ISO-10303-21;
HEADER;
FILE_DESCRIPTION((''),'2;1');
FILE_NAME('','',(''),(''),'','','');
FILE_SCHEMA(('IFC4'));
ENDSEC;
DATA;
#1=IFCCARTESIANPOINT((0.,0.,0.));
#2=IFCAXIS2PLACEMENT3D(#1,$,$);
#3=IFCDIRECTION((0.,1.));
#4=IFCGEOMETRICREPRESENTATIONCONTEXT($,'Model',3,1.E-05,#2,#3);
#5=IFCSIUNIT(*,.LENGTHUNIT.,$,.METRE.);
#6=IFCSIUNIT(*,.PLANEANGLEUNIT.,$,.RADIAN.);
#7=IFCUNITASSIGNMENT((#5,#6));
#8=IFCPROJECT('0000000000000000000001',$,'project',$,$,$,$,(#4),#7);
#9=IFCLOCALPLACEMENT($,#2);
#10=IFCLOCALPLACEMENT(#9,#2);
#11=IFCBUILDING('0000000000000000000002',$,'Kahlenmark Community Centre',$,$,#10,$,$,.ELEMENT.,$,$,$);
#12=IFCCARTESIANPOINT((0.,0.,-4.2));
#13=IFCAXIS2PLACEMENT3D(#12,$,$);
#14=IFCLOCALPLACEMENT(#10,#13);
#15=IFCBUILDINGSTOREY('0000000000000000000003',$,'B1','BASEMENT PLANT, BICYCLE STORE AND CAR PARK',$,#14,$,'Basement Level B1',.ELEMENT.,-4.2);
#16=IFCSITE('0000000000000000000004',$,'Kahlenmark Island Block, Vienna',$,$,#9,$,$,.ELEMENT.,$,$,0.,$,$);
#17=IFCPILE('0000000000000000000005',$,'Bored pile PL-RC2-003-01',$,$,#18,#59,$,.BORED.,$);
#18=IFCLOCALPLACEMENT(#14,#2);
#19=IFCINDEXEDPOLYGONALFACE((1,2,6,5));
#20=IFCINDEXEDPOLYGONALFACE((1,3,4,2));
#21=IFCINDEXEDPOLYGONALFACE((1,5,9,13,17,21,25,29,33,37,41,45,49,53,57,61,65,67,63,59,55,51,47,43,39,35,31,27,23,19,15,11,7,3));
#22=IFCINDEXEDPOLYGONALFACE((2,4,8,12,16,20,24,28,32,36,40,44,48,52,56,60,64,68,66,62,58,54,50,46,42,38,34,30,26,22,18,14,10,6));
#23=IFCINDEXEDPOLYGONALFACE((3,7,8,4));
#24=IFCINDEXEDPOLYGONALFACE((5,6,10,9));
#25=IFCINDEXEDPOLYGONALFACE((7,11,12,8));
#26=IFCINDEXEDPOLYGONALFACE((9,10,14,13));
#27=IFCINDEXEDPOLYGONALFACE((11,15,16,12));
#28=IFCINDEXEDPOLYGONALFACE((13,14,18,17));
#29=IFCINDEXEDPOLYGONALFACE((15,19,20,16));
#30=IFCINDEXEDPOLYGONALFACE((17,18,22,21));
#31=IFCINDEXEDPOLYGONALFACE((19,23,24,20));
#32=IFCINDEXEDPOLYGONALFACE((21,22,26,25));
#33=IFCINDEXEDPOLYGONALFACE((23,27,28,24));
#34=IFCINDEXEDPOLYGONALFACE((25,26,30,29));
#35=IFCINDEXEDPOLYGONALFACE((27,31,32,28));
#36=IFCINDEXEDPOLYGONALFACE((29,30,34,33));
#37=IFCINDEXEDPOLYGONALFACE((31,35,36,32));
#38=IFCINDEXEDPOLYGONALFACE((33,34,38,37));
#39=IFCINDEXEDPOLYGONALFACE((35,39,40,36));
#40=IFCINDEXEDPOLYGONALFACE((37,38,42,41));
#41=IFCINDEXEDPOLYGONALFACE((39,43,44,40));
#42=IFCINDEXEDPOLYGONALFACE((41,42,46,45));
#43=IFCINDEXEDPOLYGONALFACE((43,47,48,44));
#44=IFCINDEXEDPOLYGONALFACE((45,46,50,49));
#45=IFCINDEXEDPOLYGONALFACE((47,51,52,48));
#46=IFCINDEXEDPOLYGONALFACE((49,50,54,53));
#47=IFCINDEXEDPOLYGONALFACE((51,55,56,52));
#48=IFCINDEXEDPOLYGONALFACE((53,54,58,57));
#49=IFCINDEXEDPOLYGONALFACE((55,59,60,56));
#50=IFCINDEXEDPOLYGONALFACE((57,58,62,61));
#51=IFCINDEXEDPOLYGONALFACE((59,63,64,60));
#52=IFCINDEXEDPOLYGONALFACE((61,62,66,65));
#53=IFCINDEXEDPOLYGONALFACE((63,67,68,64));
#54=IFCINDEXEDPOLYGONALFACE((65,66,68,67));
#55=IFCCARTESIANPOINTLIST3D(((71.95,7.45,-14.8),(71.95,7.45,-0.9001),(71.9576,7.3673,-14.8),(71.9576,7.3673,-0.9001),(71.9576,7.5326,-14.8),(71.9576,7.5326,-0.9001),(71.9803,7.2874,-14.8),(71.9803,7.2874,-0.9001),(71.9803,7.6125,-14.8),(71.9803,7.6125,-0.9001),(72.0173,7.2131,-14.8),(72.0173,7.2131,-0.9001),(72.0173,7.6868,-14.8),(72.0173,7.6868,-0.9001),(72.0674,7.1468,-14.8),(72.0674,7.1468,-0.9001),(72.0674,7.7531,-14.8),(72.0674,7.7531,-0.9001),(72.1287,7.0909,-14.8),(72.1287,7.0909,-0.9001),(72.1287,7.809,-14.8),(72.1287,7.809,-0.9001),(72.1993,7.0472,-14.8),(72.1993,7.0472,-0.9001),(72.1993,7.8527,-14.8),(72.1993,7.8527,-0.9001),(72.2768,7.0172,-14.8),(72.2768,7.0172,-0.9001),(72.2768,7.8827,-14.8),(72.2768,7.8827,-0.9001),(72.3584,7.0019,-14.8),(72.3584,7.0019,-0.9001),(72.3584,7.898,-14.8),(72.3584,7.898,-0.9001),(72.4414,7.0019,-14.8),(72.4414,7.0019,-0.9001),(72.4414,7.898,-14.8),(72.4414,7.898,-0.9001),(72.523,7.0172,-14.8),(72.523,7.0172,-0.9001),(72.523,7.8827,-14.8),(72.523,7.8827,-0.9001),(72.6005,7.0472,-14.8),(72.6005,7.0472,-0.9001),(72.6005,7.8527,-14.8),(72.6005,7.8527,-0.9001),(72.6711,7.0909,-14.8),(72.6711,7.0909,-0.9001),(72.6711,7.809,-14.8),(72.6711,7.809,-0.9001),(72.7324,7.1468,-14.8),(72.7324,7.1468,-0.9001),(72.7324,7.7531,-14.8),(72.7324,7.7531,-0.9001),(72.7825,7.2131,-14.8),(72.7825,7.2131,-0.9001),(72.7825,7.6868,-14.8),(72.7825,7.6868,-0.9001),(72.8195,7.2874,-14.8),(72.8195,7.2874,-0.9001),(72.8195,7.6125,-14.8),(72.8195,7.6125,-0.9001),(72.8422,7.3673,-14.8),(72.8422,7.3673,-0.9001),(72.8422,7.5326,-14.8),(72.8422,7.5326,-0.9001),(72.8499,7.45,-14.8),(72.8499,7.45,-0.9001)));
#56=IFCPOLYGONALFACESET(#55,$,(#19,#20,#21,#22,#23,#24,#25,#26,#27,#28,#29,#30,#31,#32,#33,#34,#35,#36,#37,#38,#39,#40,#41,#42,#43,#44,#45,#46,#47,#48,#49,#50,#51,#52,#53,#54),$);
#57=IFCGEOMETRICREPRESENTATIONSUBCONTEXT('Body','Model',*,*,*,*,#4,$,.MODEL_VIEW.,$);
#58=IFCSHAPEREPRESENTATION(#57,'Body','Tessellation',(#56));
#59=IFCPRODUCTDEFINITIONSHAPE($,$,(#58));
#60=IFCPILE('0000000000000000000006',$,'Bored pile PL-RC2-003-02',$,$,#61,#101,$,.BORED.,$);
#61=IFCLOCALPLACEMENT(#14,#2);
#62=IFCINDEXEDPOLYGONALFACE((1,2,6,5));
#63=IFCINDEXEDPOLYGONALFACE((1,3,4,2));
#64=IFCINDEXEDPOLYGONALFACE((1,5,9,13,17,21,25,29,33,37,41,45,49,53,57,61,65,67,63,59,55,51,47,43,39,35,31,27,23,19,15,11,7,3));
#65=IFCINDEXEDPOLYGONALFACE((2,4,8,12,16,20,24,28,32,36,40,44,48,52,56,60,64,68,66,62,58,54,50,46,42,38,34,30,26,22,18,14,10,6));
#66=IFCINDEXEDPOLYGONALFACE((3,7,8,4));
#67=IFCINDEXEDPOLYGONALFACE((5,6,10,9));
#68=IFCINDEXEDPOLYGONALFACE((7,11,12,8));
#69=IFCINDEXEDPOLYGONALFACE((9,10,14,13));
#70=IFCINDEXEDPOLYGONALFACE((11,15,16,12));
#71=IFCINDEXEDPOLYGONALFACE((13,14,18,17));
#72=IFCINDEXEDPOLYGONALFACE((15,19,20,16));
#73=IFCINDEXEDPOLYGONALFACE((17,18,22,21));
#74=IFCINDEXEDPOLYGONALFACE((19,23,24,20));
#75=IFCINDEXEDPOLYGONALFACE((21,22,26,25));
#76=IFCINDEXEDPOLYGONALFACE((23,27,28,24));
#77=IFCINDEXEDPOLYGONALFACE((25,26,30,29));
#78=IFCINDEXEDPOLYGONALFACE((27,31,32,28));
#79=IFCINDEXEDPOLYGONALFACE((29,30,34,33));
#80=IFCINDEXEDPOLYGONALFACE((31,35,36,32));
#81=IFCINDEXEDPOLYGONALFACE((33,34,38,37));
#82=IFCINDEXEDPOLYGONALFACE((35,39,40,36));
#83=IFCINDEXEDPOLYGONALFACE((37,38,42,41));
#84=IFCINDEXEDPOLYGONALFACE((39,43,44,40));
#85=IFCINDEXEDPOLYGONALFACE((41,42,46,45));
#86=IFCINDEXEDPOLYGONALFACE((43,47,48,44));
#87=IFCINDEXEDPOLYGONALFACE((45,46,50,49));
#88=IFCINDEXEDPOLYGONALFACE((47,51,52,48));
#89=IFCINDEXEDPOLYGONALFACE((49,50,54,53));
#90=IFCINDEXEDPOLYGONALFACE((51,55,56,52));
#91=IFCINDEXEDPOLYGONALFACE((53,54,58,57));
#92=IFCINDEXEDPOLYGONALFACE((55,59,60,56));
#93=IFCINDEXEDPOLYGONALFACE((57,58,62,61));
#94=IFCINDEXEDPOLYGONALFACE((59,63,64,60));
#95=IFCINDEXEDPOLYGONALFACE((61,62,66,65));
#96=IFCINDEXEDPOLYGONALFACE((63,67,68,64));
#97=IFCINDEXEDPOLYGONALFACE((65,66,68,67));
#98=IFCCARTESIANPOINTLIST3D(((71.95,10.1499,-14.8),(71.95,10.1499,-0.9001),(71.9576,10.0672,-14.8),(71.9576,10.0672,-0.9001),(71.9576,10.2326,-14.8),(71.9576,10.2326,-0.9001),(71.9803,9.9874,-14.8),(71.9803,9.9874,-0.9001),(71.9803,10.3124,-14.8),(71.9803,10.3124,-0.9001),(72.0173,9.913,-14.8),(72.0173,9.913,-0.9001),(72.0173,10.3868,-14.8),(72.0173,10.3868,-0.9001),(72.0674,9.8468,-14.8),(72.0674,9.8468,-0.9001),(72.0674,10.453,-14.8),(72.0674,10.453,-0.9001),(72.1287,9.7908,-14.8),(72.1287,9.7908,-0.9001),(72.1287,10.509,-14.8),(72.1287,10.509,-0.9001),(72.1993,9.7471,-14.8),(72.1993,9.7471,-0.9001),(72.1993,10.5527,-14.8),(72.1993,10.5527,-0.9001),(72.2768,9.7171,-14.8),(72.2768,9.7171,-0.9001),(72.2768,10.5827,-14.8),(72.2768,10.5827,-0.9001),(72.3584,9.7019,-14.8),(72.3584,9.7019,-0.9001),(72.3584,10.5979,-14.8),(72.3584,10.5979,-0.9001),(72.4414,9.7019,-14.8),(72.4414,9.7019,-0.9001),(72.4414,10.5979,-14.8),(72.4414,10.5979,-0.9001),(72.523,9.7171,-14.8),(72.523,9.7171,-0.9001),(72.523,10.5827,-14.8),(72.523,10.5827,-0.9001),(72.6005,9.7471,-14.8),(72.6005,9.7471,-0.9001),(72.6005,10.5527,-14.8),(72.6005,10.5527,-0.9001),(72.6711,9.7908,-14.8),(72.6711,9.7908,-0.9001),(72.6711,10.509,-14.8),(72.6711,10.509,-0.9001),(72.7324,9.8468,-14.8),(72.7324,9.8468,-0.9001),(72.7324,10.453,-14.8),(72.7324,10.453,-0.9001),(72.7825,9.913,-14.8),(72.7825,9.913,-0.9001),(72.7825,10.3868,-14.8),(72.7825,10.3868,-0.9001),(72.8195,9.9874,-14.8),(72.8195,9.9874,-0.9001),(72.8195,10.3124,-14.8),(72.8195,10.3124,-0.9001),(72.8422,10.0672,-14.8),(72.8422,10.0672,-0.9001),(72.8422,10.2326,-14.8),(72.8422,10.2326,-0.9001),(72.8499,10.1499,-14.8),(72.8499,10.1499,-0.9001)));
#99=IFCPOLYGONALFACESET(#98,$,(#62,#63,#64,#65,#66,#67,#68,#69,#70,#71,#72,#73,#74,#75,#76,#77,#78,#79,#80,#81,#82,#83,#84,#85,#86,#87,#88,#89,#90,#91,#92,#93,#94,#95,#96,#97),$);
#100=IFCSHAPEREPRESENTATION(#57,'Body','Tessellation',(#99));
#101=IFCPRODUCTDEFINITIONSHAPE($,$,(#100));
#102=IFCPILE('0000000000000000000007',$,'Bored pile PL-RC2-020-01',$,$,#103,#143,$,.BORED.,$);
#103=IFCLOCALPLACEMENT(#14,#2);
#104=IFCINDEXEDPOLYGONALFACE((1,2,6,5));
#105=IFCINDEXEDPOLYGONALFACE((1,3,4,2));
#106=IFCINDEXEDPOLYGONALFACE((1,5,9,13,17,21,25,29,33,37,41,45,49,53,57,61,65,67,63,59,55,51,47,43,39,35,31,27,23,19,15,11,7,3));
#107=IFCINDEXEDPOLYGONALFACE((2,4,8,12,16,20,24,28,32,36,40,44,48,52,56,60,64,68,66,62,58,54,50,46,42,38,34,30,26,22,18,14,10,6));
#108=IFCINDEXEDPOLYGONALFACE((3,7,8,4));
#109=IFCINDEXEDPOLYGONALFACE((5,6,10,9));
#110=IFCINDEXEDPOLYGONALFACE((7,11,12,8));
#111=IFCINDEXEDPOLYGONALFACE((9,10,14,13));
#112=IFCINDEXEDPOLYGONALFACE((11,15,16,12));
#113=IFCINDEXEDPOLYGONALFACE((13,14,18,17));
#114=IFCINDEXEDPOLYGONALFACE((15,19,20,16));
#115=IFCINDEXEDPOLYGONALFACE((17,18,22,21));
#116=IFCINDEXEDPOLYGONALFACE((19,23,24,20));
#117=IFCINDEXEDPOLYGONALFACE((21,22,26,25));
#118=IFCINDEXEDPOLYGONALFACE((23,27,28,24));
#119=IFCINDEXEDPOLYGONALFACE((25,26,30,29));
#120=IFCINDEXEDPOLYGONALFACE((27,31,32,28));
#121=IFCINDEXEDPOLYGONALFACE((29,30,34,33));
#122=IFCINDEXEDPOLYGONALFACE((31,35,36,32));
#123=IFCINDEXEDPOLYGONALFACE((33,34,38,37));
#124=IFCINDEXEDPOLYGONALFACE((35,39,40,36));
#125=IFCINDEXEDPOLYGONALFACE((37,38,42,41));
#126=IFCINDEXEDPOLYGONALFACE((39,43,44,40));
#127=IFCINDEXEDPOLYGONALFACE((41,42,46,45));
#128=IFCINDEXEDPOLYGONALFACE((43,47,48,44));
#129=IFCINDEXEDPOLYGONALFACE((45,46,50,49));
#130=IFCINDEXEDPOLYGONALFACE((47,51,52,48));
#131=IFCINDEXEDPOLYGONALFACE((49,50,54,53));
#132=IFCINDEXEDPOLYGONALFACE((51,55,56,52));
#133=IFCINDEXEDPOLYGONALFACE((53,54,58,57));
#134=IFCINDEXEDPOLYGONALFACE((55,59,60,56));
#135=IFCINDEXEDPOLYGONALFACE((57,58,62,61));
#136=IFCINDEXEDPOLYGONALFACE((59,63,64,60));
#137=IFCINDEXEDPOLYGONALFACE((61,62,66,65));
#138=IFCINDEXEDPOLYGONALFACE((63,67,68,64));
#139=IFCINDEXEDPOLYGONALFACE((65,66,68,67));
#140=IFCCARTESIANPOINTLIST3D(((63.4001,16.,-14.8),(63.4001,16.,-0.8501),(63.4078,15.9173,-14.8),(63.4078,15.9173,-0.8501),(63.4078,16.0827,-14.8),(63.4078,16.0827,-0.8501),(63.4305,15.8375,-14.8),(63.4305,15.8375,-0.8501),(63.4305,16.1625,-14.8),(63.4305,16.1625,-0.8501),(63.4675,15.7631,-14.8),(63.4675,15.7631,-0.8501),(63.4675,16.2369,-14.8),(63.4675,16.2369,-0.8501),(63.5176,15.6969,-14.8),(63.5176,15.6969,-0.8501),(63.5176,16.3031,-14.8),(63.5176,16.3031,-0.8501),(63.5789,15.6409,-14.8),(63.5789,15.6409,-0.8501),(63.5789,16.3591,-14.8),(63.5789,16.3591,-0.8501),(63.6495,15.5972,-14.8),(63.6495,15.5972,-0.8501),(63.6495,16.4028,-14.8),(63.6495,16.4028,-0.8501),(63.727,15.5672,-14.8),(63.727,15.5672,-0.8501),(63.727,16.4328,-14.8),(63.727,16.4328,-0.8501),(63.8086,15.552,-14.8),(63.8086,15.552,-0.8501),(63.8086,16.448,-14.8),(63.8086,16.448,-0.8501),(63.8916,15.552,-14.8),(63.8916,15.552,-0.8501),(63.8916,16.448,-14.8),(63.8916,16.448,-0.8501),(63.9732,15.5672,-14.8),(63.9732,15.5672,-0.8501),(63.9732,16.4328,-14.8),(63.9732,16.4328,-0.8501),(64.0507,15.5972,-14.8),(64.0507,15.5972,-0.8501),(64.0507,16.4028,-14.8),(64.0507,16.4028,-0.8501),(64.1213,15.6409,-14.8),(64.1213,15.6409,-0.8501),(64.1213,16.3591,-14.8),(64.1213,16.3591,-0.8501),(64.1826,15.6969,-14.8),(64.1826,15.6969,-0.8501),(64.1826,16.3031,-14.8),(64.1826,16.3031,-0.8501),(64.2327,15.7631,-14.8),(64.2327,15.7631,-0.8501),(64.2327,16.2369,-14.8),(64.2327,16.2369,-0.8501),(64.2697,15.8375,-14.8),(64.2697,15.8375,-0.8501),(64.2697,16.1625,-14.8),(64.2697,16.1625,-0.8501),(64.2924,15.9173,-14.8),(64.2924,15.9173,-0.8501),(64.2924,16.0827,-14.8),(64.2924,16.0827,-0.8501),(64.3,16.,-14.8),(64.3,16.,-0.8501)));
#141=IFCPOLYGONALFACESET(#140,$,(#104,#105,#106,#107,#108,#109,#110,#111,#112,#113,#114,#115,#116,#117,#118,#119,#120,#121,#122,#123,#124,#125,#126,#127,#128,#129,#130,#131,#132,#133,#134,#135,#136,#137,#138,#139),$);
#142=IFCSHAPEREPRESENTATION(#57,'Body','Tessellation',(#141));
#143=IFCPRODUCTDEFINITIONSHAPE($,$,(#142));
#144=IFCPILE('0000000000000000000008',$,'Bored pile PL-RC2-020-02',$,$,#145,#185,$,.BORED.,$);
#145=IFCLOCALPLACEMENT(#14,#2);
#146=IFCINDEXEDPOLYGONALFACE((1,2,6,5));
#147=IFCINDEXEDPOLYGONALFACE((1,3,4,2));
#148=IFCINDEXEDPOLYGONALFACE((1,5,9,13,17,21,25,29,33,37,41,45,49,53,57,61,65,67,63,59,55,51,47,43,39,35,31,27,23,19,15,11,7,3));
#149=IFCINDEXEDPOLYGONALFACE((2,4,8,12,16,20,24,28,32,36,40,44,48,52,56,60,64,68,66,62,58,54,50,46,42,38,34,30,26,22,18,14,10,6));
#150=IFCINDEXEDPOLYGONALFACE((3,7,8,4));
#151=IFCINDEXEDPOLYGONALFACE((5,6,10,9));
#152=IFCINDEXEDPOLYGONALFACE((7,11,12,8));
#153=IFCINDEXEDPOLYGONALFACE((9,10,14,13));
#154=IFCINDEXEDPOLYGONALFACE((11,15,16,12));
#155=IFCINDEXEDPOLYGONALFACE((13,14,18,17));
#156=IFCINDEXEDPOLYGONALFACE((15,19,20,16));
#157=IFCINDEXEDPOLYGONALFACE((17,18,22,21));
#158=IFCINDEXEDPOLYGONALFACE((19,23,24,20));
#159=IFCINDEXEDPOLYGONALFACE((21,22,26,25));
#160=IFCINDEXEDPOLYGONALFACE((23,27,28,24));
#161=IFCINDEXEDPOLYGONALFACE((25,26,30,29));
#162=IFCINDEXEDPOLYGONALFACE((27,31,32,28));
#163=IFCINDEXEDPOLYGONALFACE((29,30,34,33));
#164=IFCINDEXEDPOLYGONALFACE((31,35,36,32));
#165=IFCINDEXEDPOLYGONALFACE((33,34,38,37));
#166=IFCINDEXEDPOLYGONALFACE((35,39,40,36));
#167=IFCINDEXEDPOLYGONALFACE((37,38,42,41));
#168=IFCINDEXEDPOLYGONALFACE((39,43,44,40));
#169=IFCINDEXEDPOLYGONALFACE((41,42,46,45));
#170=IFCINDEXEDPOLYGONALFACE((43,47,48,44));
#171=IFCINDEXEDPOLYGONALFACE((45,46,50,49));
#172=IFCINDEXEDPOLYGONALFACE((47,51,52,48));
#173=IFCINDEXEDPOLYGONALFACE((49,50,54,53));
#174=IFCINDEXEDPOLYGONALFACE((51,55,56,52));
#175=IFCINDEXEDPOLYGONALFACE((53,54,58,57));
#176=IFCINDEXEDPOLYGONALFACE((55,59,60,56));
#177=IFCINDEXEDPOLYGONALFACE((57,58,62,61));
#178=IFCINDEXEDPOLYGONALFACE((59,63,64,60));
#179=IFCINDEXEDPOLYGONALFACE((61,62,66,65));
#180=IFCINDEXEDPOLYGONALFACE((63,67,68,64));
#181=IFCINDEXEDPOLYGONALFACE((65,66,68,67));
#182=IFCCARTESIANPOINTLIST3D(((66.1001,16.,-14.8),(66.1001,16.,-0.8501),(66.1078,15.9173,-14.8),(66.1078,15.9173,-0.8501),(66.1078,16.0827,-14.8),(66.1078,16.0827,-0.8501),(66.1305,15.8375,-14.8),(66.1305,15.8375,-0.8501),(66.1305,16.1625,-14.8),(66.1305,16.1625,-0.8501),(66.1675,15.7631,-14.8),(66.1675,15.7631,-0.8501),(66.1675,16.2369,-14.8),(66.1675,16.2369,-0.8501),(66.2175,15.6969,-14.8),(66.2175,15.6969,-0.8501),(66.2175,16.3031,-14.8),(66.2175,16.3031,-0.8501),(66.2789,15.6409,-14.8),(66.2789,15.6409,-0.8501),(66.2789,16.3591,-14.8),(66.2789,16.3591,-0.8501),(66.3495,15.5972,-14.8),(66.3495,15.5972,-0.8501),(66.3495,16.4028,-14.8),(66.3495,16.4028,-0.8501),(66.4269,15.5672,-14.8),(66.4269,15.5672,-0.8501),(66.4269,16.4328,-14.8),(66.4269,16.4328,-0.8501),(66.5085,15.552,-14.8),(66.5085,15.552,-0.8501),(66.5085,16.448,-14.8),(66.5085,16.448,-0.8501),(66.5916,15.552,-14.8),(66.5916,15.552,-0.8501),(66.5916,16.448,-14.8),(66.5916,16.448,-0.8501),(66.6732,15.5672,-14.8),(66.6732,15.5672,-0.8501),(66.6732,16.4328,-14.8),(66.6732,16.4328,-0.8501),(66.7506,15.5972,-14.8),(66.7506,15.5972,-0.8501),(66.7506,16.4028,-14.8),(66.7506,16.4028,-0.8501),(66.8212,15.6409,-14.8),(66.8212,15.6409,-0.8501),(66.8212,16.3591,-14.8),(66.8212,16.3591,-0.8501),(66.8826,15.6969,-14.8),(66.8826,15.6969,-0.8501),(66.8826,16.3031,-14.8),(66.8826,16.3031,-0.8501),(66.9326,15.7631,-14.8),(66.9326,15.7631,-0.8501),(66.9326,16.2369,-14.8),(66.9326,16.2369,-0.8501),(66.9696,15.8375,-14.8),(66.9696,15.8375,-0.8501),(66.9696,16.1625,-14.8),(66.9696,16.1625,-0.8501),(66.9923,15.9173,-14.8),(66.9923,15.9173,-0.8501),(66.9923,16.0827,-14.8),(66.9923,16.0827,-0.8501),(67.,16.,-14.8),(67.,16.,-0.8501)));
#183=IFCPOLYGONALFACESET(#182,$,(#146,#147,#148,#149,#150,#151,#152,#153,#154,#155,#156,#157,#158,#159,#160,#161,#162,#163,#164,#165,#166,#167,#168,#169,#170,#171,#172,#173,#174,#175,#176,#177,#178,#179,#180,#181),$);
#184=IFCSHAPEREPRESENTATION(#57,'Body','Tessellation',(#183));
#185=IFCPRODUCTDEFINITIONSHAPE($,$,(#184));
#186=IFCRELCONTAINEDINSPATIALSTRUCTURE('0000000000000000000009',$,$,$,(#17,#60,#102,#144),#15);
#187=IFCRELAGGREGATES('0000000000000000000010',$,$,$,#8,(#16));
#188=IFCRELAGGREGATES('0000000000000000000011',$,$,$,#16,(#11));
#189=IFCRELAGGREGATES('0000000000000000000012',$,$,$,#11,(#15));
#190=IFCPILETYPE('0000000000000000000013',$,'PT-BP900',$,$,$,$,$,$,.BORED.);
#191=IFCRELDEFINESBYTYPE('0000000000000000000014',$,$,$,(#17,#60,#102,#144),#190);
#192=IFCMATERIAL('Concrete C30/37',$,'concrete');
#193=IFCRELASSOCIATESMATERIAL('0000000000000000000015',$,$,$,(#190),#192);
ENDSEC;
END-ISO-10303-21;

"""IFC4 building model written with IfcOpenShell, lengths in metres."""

from ifc_helpers import new_model, si_unit, direction, frame, origin, origin_2d, place, context, subcontext, project, spatial, circle, extrude, material, material_profile, profile_set, type_object, element, save


model = new_model("IFC4")

# Units and contexts
model_context = context("Model", 3, precision=1e-05, world=origin(), true_north=direction((0.0, 1.0)))
body_context = subcontext(model_context, "Body", "Model", "MODEL_VIEW")
ifc_project = project(units=[si_unit("LENGTHUNIT", "METRE"), si_unit("PLANEANGLEUNIT", "RADIAN")], contexts=[model_context])

# Site, building, storey
site_placement = place(None, origin())
site = spatial("IfcSite", under=ifc_project, at=site_placement, Name="Kahlenmark Island Block, Vienna", CompositionType="ELEMENT", RefElevation=0.0)
building_placement = place(site_placement, origin())
building = spatial("IfcBuilding", under=site, at=building_placement, Name="Kahlenmark Community Centre", CompositionType="ELEMENT")
storey_placement = place(building_placement, frame((0.0, 0.0, -4.2)))
storey = spatial("IfcBuildingStorey", under=building, at=storey_placement, Name="B1", Description="BASEMENT PLANT, BICYCLE STORE AND CAR PARK", LongName="Basement Level B1", CompositionType="ELEMENT", Elevation=-4.2)

# Shared definitions
ifc_material_1 = material(Name="Concrete C30/37", Category="concrete")

# Piles
ifc_material_profile_1 = material_profile(ifc_material_1, circle(Radius=0.45, at=origin_2d()), Name="BORED PILE 900")
ifc_profile_set_1 = profile_set([ifc_material_profile_1], Name="Concrete C30/37")
pile_type_1 = type_object("IfcPileType", Name="PT-BP900", PredefinedType="BORED", material=ifc_profile_set_1)
for number, where, z_axis, x_axis, name in (
    (1, (72.3999, 7.45, -0.9001), (0.0, 0.0, -1.0), (1.0, 0.0, 0.0), "Bored pile PL-RC2-003-01"),
    (2, (72.3999, 10.1499, -0.9001), (0.0, 0.0, -1.0), (1.0, 0.0, 0.0), "Bored pile PL-RC2-003-02"),
):
    element("IfcPile", number, at=place(storey_placement, frame(where, z_axis=z_axis, x_axis=x_axis)), inside=storey, type_object=pile_type_1, Name=name, PredefinedType="BORED", context=body_context, shape_type="SweptSolid", body=[
        extrude(circle(Radius=0.45, at=origin_2d()), origin(), (0.0, 0.0, 1.0), 13.8999),
    ])
for number, where, z_axis, x_axis, name in (
    (3, (63.8501, 16.0, -0.8501), (0.0, 0.0, -1.0), (1.0, 0.0, 0.0), "Bored pile PL-RC2-020-01"),
    (4, (66.55, 16.0, -0.8501), (0.0, 0.0, -1.0), (1.0, 0.0, 0.0), "Bored pile PL-RC2-020-02"),
):
    element("IfcPile", number, at=place(storey_placement, frame(where, z_axis=z_axis, x_axis=x_axis)), inside=storey, type_object=pile_type_1, Name=name, PredefinedType="BORED", context=body_context, shape_type="SweptSolid", body=[
        extrude(circle(Radius=0.45, at=origin_2d()), origin(), (0.0, 0.0, 1.0), 13.95),
    ])

save(model, "model.ifc")
